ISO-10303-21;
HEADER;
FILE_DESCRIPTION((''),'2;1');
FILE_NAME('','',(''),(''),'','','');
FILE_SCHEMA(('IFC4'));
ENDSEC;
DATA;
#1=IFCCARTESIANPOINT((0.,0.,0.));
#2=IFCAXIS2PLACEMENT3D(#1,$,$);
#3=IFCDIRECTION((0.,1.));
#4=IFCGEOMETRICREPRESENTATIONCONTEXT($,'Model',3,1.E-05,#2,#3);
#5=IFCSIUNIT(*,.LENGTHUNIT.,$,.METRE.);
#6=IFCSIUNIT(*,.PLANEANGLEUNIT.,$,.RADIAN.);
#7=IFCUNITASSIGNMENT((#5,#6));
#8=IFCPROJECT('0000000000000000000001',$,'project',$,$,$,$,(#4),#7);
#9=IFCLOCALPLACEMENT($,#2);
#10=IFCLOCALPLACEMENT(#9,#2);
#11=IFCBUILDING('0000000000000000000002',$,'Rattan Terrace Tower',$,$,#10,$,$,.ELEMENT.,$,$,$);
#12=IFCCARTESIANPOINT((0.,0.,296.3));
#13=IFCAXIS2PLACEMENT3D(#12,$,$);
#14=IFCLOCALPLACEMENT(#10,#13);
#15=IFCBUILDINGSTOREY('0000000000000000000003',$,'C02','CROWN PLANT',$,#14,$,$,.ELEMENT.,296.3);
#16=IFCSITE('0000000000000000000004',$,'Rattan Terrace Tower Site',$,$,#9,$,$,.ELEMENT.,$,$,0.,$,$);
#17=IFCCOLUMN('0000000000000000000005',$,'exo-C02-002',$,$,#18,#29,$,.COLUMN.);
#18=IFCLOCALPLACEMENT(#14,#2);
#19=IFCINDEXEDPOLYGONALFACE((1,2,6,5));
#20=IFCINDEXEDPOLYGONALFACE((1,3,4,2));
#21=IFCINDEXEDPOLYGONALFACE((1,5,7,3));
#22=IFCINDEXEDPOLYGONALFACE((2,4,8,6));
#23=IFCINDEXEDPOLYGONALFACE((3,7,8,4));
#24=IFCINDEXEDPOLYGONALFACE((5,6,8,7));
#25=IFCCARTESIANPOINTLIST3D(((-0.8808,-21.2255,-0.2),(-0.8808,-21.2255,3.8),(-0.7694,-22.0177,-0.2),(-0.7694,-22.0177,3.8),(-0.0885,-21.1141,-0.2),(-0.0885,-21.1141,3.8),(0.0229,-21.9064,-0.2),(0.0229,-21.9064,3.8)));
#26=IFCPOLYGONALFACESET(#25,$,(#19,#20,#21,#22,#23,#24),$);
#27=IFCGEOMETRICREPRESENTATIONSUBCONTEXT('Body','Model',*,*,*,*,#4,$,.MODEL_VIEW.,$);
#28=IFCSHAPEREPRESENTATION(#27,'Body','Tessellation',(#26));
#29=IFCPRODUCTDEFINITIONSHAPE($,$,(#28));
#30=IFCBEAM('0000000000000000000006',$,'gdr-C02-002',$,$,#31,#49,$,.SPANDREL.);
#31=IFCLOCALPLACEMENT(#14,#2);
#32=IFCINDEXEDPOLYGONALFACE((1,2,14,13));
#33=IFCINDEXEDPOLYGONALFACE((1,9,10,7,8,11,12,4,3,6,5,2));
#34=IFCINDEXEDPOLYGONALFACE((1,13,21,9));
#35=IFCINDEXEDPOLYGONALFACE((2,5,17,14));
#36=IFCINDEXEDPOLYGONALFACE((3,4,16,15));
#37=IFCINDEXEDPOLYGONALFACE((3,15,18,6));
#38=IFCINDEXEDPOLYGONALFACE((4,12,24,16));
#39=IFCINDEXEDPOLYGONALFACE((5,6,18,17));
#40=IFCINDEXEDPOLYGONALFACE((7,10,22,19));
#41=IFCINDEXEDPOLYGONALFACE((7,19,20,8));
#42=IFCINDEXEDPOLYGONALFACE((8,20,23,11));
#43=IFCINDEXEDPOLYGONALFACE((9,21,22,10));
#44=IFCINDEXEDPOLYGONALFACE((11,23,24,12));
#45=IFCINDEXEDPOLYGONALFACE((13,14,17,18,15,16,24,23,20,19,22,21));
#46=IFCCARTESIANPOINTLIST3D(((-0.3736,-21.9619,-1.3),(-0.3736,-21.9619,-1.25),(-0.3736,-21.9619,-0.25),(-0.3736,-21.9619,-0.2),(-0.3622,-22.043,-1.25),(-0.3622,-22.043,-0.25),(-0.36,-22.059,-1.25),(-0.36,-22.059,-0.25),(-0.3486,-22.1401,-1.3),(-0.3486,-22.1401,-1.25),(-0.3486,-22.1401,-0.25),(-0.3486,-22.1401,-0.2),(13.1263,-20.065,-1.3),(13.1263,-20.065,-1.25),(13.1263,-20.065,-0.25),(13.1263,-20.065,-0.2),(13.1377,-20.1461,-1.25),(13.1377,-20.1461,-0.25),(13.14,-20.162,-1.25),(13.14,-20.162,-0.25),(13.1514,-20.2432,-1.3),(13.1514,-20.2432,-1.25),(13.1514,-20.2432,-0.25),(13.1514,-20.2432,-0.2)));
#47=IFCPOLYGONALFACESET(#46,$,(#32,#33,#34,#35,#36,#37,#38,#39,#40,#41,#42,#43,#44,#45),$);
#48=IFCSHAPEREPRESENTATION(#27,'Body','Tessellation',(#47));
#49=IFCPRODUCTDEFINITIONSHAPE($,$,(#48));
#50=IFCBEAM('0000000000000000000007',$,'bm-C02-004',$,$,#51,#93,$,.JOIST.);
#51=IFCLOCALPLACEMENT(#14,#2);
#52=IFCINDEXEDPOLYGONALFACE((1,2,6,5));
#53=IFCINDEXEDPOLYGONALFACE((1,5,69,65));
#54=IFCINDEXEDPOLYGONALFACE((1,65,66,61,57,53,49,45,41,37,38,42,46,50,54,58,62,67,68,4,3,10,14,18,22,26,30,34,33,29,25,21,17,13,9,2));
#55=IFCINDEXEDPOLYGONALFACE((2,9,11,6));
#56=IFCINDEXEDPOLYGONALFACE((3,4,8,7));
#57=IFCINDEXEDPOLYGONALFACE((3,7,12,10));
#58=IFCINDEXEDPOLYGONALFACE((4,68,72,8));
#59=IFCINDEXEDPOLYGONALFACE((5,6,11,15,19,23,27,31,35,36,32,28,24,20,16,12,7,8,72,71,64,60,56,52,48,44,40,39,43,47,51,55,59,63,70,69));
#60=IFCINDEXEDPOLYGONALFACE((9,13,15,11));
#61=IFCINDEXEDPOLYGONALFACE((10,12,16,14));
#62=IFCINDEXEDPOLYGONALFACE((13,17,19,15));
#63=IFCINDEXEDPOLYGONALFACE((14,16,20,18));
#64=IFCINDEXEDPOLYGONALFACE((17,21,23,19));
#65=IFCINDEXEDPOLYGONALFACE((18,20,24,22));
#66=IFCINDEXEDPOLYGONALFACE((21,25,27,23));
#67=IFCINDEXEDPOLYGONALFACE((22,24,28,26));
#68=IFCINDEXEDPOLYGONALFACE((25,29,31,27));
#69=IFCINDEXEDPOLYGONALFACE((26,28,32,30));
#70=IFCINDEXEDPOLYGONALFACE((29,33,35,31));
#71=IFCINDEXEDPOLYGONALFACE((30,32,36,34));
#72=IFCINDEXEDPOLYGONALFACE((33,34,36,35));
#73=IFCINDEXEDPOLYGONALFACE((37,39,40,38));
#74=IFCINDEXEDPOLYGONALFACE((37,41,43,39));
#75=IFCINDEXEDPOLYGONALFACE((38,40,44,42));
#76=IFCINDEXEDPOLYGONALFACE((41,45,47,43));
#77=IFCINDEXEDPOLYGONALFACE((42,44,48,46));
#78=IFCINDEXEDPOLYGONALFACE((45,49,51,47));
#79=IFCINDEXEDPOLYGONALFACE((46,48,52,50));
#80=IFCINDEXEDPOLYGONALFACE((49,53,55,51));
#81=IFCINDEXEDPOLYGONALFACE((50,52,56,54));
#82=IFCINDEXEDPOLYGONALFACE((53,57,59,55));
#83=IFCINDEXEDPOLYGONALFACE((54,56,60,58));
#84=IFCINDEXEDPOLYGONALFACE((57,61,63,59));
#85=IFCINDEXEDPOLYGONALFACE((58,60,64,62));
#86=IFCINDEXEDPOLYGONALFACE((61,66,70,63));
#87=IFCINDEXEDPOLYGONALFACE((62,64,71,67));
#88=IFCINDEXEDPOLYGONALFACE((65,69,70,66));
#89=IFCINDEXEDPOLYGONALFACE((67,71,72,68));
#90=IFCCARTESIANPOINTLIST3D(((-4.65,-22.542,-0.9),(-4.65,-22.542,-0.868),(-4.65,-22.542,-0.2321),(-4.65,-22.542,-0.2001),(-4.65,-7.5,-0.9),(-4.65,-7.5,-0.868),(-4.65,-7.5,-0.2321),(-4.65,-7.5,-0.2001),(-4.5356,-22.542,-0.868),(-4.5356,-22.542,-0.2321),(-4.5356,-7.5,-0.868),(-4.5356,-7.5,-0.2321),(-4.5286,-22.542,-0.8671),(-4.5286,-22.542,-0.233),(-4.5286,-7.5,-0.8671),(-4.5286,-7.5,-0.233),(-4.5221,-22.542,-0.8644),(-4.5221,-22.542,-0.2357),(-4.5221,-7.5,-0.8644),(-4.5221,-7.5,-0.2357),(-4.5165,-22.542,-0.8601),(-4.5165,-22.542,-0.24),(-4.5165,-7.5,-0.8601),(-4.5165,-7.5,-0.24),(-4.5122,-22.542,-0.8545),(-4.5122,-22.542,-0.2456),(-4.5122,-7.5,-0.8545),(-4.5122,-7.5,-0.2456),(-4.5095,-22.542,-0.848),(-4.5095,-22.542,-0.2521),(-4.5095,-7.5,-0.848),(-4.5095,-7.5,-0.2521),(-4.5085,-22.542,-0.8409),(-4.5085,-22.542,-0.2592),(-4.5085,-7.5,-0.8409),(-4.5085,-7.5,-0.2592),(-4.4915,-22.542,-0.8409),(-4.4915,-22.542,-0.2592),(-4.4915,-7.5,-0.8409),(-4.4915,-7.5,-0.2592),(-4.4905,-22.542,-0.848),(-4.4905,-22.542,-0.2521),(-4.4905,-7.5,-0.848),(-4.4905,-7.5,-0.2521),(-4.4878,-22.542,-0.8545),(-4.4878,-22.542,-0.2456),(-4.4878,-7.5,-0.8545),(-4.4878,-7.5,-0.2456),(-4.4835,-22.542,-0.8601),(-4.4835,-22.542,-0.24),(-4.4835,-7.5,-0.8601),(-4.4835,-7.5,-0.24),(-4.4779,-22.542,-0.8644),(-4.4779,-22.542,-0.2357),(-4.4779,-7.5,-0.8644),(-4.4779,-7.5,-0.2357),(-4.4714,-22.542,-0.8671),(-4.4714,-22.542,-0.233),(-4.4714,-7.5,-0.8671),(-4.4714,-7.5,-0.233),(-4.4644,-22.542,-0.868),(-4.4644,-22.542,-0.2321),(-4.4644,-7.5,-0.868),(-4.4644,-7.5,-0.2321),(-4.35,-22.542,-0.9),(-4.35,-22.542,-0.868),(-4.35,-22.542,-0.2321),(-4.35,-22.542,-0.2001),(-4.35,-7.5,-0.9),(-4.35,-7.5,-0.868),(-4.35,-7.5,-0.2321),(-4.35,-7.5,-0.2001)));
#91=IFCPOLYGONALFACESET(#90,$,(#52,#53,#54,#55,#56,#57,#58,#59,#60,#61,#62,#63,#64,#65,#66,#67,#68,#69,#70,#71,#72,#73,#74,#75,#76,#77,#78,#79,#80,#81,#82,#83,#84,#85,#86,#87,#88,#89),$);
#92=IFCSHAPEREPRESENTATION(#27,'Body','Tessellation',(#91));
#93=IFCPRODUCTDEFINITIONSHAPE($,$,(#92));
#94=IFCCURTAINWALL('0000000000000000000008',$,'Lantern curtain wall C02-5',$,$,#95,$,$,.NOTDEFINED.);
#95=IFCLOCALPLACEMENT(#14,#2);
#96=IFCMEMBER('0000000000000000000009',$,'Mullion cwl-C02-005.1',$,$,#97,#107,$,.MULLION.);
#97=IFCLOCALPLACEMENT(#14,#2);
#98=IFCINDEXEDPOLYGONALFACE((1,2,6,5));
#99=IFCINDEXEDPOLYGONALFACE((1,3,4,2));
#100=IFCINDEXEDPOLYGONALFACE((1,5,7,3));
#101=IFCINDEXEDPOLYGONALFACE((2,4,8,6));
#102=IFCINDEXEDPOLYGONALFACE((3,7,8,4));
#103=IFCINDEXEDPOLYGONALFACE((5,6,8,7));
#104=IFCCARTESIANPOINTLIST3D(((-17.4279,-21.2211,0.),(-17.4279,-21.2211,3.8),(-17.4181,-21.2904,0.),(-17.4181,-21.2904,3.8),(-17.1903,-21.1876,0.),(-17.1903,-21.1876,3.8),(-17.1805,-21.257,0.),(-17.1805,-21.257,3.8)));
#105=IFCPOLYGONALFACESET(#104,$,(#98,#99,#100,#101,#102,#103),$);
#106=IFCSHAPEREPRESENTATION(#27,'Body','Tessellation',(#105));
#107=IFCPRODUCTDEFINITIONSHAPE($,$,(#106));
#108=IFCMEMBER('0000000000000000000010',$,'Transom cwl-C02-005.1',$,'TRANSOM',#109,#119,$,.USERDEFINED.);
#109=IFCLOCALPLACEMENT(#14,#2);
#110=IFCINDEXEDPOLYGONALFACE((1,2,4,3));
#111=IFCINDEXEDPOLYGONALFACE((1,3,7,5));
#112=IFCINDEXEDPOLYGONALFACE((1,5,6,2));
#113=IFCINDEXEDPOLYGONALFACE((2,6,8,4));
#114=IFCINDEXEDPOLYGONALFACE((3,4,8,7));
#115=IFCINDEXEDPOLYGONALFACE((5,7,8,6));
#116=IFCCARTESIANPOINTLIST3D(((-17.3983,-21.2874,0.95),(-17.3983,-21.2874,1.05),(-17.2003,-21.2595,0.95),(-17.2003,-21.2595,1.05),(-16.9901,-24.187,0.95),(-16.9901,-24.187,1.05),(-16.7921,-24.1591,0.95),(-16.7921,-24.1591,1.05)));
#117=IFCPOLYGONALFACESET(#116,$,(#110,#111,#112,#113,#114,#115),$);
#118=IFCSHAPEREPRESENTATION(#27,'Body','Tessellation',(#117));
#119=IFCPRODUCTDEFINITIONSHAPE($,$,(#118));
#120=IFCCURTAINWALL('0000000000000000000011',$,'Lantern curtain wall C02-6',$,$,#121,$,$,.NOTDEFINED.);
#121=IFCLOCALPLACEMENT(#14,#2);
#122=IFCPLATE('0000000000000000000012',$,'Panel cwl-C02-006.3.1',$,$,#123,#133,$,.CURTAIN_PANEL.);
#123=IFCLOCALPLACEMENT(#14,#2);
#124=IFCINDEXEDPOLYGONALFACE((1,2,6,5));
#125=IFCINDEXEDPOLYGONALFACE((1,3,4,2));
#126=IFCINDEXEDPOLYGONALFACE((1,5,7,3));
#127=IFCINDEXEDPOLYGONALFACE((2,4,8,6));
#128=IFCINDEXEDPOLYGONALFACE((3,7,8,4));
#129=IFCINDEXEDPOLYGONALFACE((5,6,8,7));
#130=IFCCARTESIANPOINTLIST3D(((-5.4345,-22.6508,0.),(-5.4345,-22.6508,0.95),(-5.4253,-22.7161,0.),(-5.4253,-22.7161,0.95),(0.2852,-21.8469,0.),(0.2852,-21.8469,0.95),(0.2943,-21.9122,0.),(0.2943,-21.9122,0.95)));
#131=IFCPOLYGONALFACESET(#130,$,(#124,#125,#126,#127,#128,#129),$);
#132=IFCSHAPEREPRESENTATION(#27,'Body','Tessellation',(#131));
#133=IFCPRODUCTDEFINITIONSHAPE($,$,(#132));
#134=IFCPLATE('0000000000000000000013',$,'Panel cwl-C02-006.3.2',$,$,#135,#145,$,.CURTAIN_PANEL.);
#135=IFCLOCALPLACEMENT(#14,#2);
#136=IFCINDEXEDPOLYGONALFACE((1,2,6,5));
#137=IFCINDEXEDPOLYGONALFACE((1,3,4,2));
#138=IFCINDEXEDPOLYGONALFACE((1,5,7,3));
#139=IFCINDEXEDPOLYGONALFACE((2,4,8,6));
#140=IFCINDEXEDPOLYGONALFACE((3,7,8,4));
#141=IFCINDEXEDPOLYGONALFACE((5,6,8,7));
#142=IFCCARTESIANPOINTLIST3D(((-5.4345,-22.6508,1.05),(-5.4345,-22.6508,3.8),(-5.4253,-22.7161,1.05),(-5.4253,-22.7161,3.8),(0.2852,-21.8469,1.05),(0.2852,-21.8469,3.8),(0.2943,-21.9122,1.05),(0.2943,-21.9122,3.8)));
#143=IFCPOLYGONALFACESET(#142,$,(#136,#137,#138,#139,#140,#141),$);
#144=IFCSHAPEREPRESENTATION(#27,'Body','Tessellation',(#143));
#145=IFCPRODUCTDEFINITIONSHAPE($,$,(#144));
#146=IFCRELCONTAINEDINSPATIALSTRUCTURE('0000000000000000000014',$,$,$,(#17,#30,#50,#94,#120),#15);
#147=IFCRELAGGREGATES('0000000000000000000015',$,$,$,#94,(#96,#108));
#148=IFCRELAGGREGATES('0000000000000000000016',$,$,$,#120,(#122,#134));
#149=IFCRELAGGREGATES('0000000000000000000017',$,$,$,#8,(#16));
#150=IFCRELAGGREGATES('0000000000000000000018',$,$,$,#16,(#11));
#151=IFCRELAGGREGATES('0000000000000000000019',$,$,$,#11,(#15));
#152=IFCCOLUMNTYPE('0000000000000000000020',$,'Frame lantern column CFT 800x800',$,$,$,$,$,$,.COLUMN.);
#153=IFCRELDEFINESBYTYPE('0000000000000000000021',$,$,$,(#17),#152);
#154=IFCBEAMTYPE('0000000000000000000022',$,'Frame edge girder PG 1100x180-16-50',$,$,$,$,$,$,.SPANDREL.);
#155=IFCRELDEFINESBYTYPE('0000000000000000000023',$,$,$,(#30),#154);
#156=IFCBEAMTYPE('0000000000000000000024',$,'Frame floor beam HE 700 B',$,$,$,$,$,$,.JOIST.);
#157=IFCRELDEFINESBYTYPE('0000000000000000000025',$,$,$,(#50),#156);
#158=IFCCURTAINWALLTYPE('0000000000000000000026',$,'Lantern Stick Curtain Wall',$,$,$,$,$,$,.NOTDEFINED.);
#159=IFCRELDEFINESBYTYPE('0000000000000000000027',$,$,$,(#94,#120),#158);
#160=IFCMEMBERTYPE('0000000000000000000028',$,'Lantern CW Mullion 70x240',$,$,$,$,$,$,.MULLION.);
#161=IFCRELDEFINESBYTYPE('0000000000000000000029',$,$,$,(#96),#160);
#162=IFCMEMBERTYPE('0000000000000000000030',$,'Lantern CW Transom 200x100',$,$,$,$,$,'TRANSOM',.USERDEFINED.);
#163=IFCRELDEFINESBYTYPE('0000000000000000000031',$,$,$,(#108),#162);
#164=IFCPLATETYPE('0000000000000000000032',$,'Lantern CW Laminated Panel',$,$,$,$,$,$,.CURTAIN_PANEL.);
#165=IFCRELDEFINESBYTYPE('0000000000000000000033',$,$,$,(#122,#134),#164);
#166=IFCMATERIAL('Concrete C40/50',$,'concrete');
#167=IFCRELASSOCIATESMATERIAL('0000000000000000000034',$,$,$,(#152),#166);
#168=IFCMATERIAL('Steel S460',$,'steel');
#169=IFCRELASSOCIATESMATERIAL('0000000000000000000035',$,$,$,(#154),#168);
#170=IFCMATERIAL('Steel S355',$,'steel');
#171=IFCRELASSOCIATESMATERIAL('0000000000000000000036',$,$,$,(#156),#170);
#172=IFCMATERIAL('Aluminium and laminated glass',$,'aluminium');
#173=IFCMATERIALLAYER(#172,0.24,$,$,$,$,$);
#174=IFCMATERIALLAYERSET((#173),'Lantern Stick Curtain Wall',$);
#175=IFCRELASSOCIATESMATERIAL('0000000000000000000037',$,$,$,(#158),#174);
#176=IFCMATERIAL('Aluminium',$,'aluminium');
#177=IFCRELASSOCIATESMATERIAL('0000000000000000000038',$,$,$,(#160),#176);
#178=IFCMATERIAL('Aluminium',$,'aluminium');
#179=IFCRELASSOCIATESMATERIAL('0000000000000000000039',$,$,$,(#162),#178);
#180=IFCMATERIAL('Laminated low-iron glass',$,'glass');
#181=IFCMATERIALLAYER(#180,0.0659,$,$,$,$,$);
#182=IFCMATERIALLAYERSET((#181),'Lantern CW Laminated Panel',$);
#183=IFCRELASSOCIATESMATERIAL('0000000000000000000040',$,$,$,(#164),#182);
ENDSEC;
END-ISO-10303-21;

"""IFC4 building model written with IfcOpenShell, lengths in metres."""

from ifc_helpers import new_model, si_unit, direction, frame, origin, origin_2d, place, context, subcontext, project, spatial, rectangle, i_section, extrude, material, layer, layer_set, material_profile, profile_set, type_object, element, aggregate, save


model = new_model("IFC4")

# Units and contexts
model_context = context("Model", 3, precision=1e-05, world=origin(), true_north=direction((0.0, 1.0)))
body_context = subcontext(model_context, "Body", "Model", "MODEL_VIEW")
ifc_project = project(units=[si_unit("LENGTHUNIT", "METRE"), si_unit("PLANEANGLEUNIT", "RADIAN")], contexts=[model_context])

# Site, building, storey
site_placement = place(None, origin())
site = spatial("IfcSite", under=ifc_project, at=site_placement, Name="Rattan Terrace Tower Site", CompositionType="ELEMENT", RefElevation=0.0)
building_placement = place(site_placement, origin())
building = spatial("IfcBuilding", under=site, at=building_placement, Name="Rattan Terrace Tower", CompositionType="ELEMENT")
storey_placement = place(building_placement, frame((0.0, 0.0, 296.3)))
storey = spatial("IfcBuildingStorey", under=building, at=storey_placement, Name="C02", Description="CROWN PLANT", CompositionType="ELEMENT", Elevation=296.3)

# Column
ifc_material_1 = material(Name="Concrete C40/50", Category="concrete")
ifc_material_profile_1 = material_profile(ifc_material_1, rectangle(XDim=0.8, YDim=0.8, at=origin_2d()), Name="CFT 800x800")
ifc_profile_set_1 = profile_set([ifc_material_profile_1], Name="Concrete C40/50")
column_type = type_object("IfcColumnType", Name="Frame lantern column CFT 800x800", PredefinedType="COLUMN", material=ifc_profile_set_1)
column_placement = place(storey_placement, frame((-0.429, -21.5659, -0.2), z_axis=(0.0, 0.0, 1.0), x_axis=(0.990266, 0.13919, 0.0)))
element("IfcColumn", 1, at=column_placement, inside=storey, type_object=column_type, Name="exo-C02-002", PredefinedType="COLUMN", context=body_context, shape_type="SweptSolid", body=[
    extrude(rectangle(XDim=0.8, YDim=0.8, at=origin_2d()), origin(), (0.0, 0.0, 1.0), 4.0),
])

# Beams
ifc_material_2 = material(Name="Steel S460", Category="steel")
ifc_material_profile_2 = material_profile(ifc_material_2, i_section(OverallWidth=0.1799, OverallDepth=1.1001, WebThickness=0.0161, FlangeThickness=0.05, at=origin_2d()), Name="PG 1100x180-16-50")
ifc_profile_set_2 = profile_set([ifc_material_profile_2], Name="Steel S460")
beam_type_1 = type_object("IfcBeamType", Name="Frame edge girder PG 1100x180-16-50", PredefinedType="SPANDREL", material=ifc_profile_set_2)
beam_1_placement = place(storey_placement, frame((-0.3611, -22.051, -0.75), z_axis=(0.990271, 0.139149, 0.0), x_axis=(-0.139149, 0.990271, 0.0)))
element("IfcBeam", 2, at=beam_1_placement, inside=storey, type_object=beam_type_1, Name="gdr-C02-002", PredefinedType="SPANDREL", context=body_context, shape_type="SweptSolid", body=[
    extrude(i_section(OverallWidth=0.1799, OverallDepth=1.1001, WebThickness=0.0161, FlangeThickness=0.05, at=origin_2d()), origin(), (0.0, 0.0, 1.0), 13.6326),
])
ifc_material_3 = material(Name="Steel S355", Category="steel")
ifc_material_profile_3 = material_profile(ifc_material_3, i_section(OverallWidth=0.3, OverallDepth=0.7, WebThickness=0.0171, FlangeThickness=0.032, FilletRadius=0.0271, at=origin_2d()), Name="HE 700 B")
ifc_profile_set_3 = profile_set([ifc_material_profile_3], Name="Steel S355")
beam_type_2 = type_object("IfcBeamType", Name="Frame floor beam HE 700 B", PredefinedType="JOIST", material=ifc_profile_set_3)
beam_2_placement = place(storey_placement, frame((-4.5, -22.542, -0.55), z_axis=(0.0, 1.0, 0.0), x_axis=(-1.0, 0.0, 0.0)))
element("IfcBeam", 3, at=beam_2_placement, inside=storey, type_object=beam_type_2, Name="bm-C02-004", PredefinedType="JOIST", context=body_context, shape_type="SweptSolid", body=[
    extrude(i_section(OverallWidth=0.3, OverallDepth=0.7, WebThickness=0.0171, FlangeThickness=0.032, FilletRadius=0.0271, at=origin_2d()), origin(), (0.0, 0.0, 1.0), 15.042),
])

# Curtain wall, members
ifc_material_4 = material(Name="Aluminium and laminated glass", Category="aluminium")
ifc_layer_1 = layer(ifc_material_4, 0.24)
ifc_layer_set_1 = layer_set([ifc_layer_1], Name="Lantern Stick Curtain Wall")
curtain_wall_type = type_object("IfcCurtainWallType", Name="Lantern Stick Curtain Wall", PredefinedType="NOTDEFINED", material=ifc_layer_set_1)
curtain_wall_1_placement = place(storey_placement, origin())
curtain_wall_1 = element("IfcCurtainWall", 4, at=curtain_wall_1_placement, inside=storey, type_object=curtain_wall_type, Name="Lantern curtain wall C02-5", PredefinedType="NOTDEFINED")
ifc_material_5 = material(Name="Aluminium", Category="aluminium")
ifc_material_profile_4 = material_profile(ifc_material_5, rectangle(XDim=0.0701, YDim=0.24, at=origin_2d()), Name="Aluminium 70x240")
ifc_profile_set_4 = profile_set([ifc_material_profile_4], Name="Aluminium")
member_type_1 = type_object("IfcMemberType", Name="Lantern CW Mullion 70x240", PredefinedType="MULLION", material=ifc_profile_set_4)
member_1_placement = place(storey_placement, frame((-17.3042, -21.239, 0.0), z_axis=(0.0, 0.0, 1.0), x_axis=(0.139413, -0.990234, 0.0)))
member_1 = element("IfcMember", 5, at=member_1_placement, type_object=member_type_1, Name="Mullion cwl-C02-005.1", PredefinedType="MULLION", context=body_context, shape_type="SweptSolid", body=[
    extrude(rectangle(XDim=0.0701, YDim=0.24, at=origin_2d()), origin(), (0.0, 0.0, 1.0), 3.8),
])
ifc_material_6 = material(Name="Aluminium", Category="aluminium")
ifc_material_profile_5 = material_profile(ifc_material_6, rectangle(XDim=0.2, YDim=0.1001, at=origin_2d()), Name="Aluminium 200x100")
ifc_profile_set_5 = profile_set([ifc_material_profile_5], Name="Aluminium")
member_type_2 = type_object("IfcMemberType", Name="Lantern CW Transom 200x100", ElementType="TRANSOM", PredefinedType="USERDEFINED", material=ifc_profile_set_5)
member_2_placement = place(storey_placement, frame((-17.2993, -21.2734, 1.0), z_axis=(0.139402, -0.990236, 0.0), x_axis=(0.990236, 0.139402, 0.0)))
member_2 = element("IfcMember", 6, at=member_2_placement, type_object=member_type_2, Name="Transom cwl-C02-005.1", ObjectType="TRANSOM", PredefinedType="USERDEFINED", context=body_context, shape_type="SweptSolid", body=[
    extrude(rectangle(XDim=0.2, YDim=0.1001, at=origin_2d()), origin(), (0.0, 0.0, 1.0), 2.9282),
])
aggregate(curtain_wall_1, [member_1, member_2])

# Curtain wall, plates
curtain_wall_2_placement = place(storey_placement, origin())
curtain_wall_2 = element("IfcCurtainWall", 7, at=curtain_wall_2_placement, inside=storey, type_object=curtain_wall_type, Name="Lantern curtain wall C02-6", PredefinedType="NOTDEFINED")
ifc_material_7 = material(Name="Laminated low-iron glass", Category="glass")
ifc_layer_2 = layer(ifc_material_7, 0.0659)
ifc_layer_set_2 = layer_set([ifc_layer_2], Name="Lantern CW Laminated Panel")
plate_type = type_object("IfcPlateType", Name="Lantern CW Laminated Panel", PredefinedType="CURTAIN_PANEL", material=ifc_layer_set_2)
plate_1_placement = place(storey_placement, frame((-2.5701, -22.2815, 0.0), z_axis=(0.0, 0.0, 1.0), x_axis=(0.990267, 0.139181, 0.0)))
plate_1 = element("IfcPlate", 8, at=plate_1_placement, type_object=plate_type, Name="Panel cwl-C02-006.3.1", PredefinedType="CURTAIN_PANEL", context=body_context, shape_type="SweptSolid", body=[
    extrude(rectangle(XDim=5.7759, YDim=0.0659, at=origin_2d()), origin(), (0.0, 0.0, 1.0), 0.95),
])
plate_2_placement = place(storey_placement, frame((-2.5701, -22.2815, 1.05), z_axis=(0.0, 0.0, 1.0), x_axis=(0.990267, 0.139181, 0.0)))
plate_2 = element("IfcPlate", 9, at=plate_2_placement, type_object=plate_type, Name="Panel cwl-C02-006.3.2", PredefinedType="CURTAIN_PANEL", context=body_context, shape_type="SweptSolid", body=[
    extrude(rectangle(XDim=5.7759, YDim=0.0659, at=origin_2d()), origin(), (0.0, 0.0, 1.0), 2.75),
])
aggregate(curtain_wall_2, [plate_1, plate_2])

save(model, "model.ifc")
